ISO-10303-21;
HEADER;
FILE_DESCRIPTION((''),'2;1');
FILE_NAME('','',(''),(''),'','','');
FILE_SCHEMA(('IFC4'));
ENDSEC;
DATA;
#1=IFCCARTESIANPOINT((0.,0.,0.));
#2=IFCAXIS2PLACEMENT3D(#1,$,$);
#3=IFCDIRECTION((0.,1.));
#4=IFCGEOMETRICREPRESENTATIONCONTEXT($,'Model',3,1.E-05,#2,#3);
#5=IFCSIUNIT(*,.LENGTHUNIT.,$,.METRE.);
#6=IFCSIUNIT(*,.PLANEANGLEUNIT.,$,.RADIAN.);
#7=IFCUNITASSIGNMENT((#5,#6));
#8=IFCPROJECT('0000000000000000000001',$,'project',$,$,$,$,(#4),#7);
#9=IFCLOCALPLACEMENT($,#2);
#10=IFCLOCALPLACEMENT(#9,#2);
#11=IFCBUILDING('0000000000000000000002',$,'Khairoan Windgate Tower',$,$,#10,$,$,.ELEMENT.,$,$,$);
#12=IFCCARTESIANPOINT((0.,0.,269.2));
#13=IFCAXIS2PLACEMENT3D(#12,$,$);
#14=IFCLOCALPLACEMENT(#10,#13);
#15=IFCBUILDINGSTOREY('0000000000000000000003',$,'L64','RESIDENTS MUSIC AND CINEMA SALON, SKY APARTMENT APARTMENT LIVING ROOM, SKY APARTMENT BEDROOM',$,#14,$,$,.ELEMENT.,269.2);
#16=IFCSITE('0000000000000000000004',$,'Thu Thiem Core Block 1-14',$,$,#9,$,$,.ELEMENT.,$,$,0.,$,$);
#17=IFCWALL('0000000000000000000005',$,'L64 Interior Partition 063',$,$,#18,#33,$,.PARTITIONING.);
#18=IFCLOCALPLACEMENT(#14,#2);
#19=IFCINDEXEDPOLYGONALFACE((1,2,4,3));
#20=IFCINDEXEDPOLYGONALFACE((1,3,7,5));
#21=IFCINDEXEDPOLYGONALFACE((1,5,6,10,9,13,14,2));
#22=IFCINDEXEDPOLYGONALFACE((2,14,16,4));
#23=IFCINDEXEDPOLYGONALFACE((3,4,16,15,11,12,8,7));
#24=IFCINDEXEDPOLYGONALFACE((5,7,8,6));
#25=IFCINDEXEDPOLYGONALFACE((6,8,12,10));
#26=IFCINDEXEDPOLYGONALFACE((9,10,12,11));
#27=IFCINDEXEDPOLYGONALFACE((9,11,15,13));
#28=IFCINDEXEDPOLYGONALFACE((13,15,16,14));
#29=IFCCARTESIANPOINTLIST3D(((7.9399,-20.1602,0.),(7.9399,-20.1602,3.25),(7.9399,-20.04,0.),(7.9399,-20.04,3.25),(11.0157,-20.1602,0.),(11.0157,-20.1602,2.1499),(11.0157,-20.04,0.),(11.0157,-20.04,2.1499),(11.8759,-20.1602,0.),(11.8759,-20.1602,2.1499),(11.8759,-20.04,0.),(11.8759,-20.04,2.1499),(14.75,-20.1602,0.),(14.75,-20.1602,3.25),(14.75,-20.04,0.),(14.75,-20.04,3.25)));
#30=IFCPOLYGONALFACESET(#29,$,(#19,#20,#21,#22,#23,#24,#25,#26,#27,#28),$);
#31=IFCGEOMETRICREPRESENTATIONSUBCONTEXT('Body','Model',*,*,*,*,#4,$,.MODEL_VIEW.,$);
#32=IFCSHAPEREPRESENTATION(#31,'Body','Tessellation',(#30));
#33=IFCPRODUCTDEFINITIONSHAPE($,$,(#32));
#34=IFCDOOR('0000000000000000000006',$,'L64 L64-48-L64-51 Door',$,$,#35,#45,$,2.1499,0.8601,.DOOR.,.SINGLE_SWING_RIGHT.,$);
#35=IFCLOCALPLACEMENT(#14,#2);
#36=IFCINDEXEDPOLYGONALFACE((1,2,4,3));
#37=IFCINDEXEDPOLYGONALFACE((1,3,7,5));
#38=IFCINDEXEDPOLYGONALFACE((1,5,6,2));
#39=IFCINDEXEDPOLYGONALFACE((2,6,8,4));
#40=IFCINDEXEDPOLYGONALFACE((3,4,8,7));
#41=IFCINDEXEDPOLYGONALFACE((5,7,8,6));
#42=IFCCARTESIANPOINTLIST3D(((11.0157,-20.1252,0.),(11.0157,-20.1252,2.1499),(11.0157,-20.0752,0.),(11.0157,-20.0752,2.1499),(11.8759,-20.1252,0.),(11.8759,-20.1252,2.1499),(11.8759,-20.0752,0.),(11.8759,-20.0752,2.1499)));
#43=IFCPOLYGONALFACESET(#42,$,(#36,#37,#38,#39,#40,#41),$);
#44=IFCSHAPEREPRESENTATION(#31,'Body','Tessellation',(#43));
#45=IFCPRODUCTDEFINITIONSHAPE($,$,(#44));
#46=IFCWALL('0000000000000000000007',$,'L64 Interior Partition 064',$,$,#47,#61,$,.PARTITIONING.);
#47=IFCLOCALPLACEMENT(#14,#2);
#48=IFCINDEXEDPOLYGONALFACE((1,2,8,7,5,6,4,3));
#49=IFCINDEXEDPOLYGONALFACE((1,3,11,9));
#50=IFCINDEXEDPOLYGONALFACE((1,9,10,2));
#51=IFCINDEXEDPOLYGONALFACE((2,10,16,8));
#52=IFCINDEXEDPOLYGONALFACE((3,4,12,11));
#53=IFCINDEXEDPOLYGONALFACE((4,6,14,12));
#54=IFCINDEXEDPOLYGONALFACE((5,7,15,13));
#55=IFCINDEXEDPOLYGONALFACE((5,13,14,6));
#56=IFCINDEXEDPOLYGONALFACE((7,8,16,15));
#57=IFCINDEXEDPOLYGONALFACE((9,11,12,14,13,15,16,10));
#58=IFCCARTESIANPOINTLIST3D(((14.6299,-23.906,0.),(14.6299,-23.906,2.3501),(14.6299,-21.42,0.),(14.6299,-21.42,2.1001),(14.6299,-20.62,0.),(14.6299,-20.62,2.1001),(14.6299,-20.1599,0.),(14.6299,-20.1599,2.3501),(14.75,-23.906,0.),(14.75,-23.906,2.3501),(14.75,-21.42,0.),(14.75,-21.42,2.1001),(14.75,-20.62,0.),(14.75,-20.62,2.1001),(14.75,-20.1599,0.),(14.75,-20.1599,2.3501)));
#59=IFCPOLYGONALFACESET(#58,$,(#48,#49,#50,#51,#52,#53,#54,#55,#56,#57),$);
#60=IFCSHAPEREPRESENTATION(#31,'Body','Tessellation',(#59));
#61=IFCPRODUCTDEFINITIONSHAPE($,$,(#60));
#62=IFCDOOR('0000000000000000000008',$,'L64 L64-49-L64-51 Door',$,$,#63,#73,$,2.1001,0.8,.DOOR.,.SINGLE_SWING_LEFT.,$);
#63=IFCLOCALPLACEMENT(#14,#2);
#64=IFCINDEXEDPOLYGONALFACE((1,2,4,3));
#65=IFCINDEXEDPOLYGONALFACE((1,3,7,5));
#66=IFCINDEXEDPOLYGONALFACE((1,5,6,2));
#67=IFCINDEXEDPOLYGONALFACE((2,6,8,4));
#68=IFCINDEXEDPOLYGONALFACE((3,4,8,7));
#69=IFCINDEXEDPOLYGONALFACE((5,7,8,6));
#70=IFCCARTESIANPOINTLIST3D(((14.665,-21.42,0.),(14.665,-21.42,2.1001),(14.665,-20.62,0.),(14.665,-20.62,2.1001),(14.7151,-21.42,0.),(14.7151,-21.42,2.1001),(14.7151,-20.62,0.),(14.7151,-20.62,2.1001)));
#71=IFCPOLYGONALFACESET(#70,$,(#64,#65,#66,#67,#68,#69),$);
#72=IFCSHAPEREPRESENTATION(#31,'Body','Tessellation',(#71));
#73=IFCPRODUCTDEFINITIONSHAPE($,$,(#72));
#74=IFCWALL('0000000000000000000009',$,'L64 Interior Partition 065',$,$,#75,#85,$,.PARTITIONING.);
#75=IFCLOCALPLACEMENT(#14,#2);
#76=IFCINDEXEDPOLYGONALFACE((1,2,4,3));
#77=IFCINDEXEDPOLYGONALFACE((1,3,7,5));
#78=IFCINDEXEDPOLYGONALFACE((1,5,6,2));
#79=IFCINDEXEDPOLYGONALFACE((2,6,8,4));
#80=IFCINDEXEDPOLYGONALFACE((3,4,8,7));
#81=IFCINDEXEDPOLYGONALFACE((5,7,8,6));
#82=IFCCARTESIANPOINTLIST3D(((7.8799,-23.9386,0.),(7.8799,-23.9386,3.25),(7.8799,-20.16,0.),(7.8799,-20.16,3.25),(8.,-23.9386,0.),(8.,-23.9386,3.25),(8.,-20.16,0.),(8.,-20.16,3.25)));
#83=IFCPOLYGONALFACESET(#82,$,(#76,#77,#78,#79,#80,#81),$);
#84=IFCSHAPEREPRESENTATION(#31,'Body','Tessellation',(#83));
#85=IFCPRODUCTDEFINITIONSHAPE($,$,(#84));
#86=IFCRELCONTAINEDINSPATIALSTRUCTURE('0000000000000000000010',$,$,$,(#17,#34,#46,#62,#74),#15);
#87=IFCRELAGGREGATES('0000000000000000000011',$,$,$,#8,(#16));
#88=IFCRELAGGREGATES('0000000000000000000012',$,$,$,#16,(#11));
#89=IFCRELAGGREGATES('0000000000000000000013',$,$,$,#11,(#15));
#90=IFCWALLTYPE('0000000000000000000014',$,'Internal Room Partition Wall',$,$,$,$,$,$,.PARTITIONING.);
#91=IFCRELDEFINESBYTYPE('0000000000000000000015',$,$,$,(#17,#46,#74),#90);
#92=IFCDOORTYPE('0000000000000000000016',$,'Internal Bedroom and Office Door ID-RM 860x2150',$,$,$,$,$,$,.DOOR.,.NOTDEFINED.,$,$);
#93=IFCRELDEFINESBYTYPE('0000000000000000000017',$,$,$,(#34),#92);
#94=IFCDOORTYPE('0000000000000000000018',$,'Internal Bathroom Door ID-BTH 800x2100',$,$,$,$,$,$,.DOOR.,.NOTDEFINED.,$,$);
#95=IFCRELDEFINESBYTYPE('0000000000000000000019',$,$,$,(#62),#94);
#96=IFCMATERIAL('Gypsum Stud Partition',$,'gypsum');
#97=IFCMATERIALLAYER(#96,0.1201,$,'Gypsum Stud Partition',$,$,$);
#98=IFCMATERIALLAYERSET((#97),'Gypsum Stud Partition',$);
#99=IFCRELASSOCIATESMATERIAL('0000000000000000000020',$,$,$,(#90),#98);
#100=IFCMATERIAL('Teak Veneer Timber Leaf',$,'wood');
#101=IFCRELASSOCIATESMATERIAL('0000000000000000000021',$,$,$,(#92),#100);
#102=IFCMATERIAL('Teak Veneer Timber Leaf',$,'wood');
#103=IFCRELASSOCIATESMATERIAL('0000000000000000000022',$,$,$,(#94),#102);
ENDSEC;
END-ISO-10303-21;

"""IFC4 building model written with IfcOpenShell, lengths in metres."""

from ifc_helpers import new_model, si_unit, direction, frame, frame_2d, origin, place, context, subcontext, project, spatial, rectangle, extrude, material, layer, layer_set, type_object, element, fill, save


model = new_model("IFC4")

# Units and contexts
model_context = context("Model", 3, precision=1e-05, world=origin(), true_north=direction((0.0, 1.0)))
body_context = subcontext(model_context, "Body", "Model", "MODEL_VIEW")
ifc_project = project(units=[si_unit("LENGTHUNIT", "METRE"), si_unit("PLANEANGLEUNIT", "RADIAN")], contexts=[model_context])

# Site, building, storey
site_placement = place(None, origin())
site = spatial("IfcSite", under=ifc_project, at=site_placement, Name="Thu Thiem Core Block 1-14", CompositionType="ELEMENT", RefElevation=0.0)
building_placement = place(site_placement, origin())
building = spatial("IfcBuilding", under=site, at=building_placement, Name="Khairoan Windgate Tower", CompositionType="ELEMENT")
storey_placement = place(building_placement, frame((0.0, 0.0, 269.2)))
storey = spatial("IfcBuildingStorey", under=building, at=storey_placement, Name="L64", Description="RESIDENTS MUSIC AND CINEMA SALON, SKY APARTMENT APARTMENT LIVING ROOM, SKY APARTMENT BEDROOM", CompositionType="ELEMENT", Elevation=269.2)

# Walls, openings, doors
ifc_material_1 = material(Name="Gypsum Stud Partition", Category="gypsum")
ifc_layer_1 = layer(ifc_material_1, 0.1201, Name="Gypsum Stud Partition")
ifc_layer_set_1 = layer_set([ifc_layer_1], Name="Gypsum Stud Partition")
wall_type_1 = type_object("IfcWallType", Name="Internal Room Partition Wall", PredefinedType="PARTITIONING", material=ifc_layer_set_1)
ifc_material_2 = material(Name="Teak Veneer Timber Leaf", Category="wood")
door_type_1 = type_object("IfcDoorType", Name="Internal Bedroom and Office Door ID-RM 860x2150", OperationType="NOTDEFINED", PredefinedType="DOOR", material=ifc_material_2)
wall_1_placement = place(storey_placement, frame((7.9399, -20.1001, 0.0), z_axis=(0.0, 0.0, 1.0), x_axis=(1.0, 0.0, 0.0)))
wall_1 = element("IfcWall", 1, at=wall_1_placement, inside=storey, type_object=wall_type_1, Name="L64 Interior Partition 063", PredefinedType="PARTITIONING", context=body_context, shape_type="SweptSolid", body=[
    extrude(rectangle(XDim=6.8101, YDim=0.1201, at=frame_2d((3.405, 0.0))), origin(), (0.0, 0.0, 1.0), 3.25),
])
opening_1_placement = place(wall_1_placement, frame((3.0757, 0.0, 0.0)))
opening_1 = element("IfcOpeningElement", 2, at=opening_1_placement, cuts=wall_1, PredefinedType="OPENING", context=body_context, shape_type="SweptSolid", body=[
    extrude(rectangle(XDim=0.8601, YDim=2.1499, at=frame_2d((0.4302, 1.075))), frame((0.0, 0.0701, 0.0), z_axis=(0.0, -1.0, 0.0), x_axis=(1.0, 0.0, 0.0)), (0.0, 0.0, 1.0), 0.1401),
])
door_1_placement = place(opening_1_placement, origin())
door_1 = element("IfcDoor", 3, at=door_1_placement, inside=storey, type_object=door_type_1, Name="L64 L64-48-L64-51 Door", OperationType="SINGLE_SWING_RIGHT", OverallHeight=2.1499, OverallWidth=0.8601, PredefinedType="DOOR", context=body_context, shape_type="SweptSolid", body=[
    extrude(rectangle(XDim=0.8601, YDim=2.1499, at=frame_2d((0.4302, 1.075))), frame((0.0, 0.0249, 0.0), z_axis=(0.0, -1.0, 0.0), x_axis=(1.0, 0.0, 0.0)), (0.0, 0.0, 1.0), 0.05),
])
fill(opening_1, door_1)
wall_2_placement = place(storey_placement, frame((14.6899, -23.906, 0.0), z_axis=(0.0, 0.0, 1.0), x_axis=(0.0, 1.0, 0.0)))
wall_2 = element("IfcWall", 4, at=wall_2_placement, inside=storey, type_object=wall_type_1, Name="L64 Interior Partition 064", PredefinedType="PARTITIONING", context=body_context, shape_type="SweptSolid", body=[
    extrude(rectangle(XDim=3.7461, YDim=0.1201, at=frame_2d((1.873, 0.0))), origin(), (0.0, 0.0, 1.0), 2.3501),
])
opening_2_placement = place(wall_2_placement, frame((2.4861, 0.0, 0.0)))
opening_2 = element("IfcOpeningElement", 5, at=opening_2_placement, cuts=wall_2, PredefinedType="OPENING", context=body_context, shape_type="SweptSolid", body=[
    extrude(rectangle(XDim=0.8, YDim=2.1001, at=frame_2d((0.3999, 1.05))), frame((0.0, 0.0701, 0.0), z_axis=(0.0, -1.0, 0.0), x_axis=(1.0, 0.0, 0.0)), (0.0, 0.0, 1.0), 0.1401),
])
ifc_material_3 = material(Name="Teak Veneer Timber Leaf", Category="wood")
door_type_2 = type_object("IfcDoorType", Name="Internal Bathroom Door ID-BTH 800x2100", OperationType="NOTDEFINED", PredefinedType="DOOR", material=ifc_material_3)
door_2_placement = place(opening_2_placement, origin())
door_2 = element("IfcDoor", 6, at=door_2_placement, inside=storey, type_object=door_type_2, Name="L64 L64-49-L64-51 Door", OperationType="SINGLE_SWING_LEFT", OverallHeight=2.1001, OverallWidth=0.8, PredefinedType="DOOR", context=body_context, shape_type="SweptSolid", body=[
    extrude(rectangle(XDim=0.8, YDim=2.1001, at=frame_2d((0.3999, 1.05))), frame((0.0, 0.0249, 0.0), z_axis=(0.0, -1.0, 0.0), x_axis=(1.0, 0.0, 0.0)), (0.0, 0.0, 1.0), 0.05),
])
fill(opening_2, door_2)

# Wall
wall_3_placement = place(storey_placement, frame((7.9399, -23.9385, 0.0), z_axis=(0.0, 0.0, 1.0), x_axis=(0.0, 1.0, 0.0)))
element("IfcWall", 7, at=wall_3_placement, inside=storey, type_object=wall_type_1, Name="L64 Interior Partition 065", PredefinedType="PARTITIONING", context=body_context, shape_type="SweptSolid", body=[
    extrude(rectangle(XDim=3.7786, YDim=0.1201, at=frame_2d((1.8892, 0.0))), origin(), (0.0, 0.0, 1.0), 3.25),
])

save(model, "model.ifc")
